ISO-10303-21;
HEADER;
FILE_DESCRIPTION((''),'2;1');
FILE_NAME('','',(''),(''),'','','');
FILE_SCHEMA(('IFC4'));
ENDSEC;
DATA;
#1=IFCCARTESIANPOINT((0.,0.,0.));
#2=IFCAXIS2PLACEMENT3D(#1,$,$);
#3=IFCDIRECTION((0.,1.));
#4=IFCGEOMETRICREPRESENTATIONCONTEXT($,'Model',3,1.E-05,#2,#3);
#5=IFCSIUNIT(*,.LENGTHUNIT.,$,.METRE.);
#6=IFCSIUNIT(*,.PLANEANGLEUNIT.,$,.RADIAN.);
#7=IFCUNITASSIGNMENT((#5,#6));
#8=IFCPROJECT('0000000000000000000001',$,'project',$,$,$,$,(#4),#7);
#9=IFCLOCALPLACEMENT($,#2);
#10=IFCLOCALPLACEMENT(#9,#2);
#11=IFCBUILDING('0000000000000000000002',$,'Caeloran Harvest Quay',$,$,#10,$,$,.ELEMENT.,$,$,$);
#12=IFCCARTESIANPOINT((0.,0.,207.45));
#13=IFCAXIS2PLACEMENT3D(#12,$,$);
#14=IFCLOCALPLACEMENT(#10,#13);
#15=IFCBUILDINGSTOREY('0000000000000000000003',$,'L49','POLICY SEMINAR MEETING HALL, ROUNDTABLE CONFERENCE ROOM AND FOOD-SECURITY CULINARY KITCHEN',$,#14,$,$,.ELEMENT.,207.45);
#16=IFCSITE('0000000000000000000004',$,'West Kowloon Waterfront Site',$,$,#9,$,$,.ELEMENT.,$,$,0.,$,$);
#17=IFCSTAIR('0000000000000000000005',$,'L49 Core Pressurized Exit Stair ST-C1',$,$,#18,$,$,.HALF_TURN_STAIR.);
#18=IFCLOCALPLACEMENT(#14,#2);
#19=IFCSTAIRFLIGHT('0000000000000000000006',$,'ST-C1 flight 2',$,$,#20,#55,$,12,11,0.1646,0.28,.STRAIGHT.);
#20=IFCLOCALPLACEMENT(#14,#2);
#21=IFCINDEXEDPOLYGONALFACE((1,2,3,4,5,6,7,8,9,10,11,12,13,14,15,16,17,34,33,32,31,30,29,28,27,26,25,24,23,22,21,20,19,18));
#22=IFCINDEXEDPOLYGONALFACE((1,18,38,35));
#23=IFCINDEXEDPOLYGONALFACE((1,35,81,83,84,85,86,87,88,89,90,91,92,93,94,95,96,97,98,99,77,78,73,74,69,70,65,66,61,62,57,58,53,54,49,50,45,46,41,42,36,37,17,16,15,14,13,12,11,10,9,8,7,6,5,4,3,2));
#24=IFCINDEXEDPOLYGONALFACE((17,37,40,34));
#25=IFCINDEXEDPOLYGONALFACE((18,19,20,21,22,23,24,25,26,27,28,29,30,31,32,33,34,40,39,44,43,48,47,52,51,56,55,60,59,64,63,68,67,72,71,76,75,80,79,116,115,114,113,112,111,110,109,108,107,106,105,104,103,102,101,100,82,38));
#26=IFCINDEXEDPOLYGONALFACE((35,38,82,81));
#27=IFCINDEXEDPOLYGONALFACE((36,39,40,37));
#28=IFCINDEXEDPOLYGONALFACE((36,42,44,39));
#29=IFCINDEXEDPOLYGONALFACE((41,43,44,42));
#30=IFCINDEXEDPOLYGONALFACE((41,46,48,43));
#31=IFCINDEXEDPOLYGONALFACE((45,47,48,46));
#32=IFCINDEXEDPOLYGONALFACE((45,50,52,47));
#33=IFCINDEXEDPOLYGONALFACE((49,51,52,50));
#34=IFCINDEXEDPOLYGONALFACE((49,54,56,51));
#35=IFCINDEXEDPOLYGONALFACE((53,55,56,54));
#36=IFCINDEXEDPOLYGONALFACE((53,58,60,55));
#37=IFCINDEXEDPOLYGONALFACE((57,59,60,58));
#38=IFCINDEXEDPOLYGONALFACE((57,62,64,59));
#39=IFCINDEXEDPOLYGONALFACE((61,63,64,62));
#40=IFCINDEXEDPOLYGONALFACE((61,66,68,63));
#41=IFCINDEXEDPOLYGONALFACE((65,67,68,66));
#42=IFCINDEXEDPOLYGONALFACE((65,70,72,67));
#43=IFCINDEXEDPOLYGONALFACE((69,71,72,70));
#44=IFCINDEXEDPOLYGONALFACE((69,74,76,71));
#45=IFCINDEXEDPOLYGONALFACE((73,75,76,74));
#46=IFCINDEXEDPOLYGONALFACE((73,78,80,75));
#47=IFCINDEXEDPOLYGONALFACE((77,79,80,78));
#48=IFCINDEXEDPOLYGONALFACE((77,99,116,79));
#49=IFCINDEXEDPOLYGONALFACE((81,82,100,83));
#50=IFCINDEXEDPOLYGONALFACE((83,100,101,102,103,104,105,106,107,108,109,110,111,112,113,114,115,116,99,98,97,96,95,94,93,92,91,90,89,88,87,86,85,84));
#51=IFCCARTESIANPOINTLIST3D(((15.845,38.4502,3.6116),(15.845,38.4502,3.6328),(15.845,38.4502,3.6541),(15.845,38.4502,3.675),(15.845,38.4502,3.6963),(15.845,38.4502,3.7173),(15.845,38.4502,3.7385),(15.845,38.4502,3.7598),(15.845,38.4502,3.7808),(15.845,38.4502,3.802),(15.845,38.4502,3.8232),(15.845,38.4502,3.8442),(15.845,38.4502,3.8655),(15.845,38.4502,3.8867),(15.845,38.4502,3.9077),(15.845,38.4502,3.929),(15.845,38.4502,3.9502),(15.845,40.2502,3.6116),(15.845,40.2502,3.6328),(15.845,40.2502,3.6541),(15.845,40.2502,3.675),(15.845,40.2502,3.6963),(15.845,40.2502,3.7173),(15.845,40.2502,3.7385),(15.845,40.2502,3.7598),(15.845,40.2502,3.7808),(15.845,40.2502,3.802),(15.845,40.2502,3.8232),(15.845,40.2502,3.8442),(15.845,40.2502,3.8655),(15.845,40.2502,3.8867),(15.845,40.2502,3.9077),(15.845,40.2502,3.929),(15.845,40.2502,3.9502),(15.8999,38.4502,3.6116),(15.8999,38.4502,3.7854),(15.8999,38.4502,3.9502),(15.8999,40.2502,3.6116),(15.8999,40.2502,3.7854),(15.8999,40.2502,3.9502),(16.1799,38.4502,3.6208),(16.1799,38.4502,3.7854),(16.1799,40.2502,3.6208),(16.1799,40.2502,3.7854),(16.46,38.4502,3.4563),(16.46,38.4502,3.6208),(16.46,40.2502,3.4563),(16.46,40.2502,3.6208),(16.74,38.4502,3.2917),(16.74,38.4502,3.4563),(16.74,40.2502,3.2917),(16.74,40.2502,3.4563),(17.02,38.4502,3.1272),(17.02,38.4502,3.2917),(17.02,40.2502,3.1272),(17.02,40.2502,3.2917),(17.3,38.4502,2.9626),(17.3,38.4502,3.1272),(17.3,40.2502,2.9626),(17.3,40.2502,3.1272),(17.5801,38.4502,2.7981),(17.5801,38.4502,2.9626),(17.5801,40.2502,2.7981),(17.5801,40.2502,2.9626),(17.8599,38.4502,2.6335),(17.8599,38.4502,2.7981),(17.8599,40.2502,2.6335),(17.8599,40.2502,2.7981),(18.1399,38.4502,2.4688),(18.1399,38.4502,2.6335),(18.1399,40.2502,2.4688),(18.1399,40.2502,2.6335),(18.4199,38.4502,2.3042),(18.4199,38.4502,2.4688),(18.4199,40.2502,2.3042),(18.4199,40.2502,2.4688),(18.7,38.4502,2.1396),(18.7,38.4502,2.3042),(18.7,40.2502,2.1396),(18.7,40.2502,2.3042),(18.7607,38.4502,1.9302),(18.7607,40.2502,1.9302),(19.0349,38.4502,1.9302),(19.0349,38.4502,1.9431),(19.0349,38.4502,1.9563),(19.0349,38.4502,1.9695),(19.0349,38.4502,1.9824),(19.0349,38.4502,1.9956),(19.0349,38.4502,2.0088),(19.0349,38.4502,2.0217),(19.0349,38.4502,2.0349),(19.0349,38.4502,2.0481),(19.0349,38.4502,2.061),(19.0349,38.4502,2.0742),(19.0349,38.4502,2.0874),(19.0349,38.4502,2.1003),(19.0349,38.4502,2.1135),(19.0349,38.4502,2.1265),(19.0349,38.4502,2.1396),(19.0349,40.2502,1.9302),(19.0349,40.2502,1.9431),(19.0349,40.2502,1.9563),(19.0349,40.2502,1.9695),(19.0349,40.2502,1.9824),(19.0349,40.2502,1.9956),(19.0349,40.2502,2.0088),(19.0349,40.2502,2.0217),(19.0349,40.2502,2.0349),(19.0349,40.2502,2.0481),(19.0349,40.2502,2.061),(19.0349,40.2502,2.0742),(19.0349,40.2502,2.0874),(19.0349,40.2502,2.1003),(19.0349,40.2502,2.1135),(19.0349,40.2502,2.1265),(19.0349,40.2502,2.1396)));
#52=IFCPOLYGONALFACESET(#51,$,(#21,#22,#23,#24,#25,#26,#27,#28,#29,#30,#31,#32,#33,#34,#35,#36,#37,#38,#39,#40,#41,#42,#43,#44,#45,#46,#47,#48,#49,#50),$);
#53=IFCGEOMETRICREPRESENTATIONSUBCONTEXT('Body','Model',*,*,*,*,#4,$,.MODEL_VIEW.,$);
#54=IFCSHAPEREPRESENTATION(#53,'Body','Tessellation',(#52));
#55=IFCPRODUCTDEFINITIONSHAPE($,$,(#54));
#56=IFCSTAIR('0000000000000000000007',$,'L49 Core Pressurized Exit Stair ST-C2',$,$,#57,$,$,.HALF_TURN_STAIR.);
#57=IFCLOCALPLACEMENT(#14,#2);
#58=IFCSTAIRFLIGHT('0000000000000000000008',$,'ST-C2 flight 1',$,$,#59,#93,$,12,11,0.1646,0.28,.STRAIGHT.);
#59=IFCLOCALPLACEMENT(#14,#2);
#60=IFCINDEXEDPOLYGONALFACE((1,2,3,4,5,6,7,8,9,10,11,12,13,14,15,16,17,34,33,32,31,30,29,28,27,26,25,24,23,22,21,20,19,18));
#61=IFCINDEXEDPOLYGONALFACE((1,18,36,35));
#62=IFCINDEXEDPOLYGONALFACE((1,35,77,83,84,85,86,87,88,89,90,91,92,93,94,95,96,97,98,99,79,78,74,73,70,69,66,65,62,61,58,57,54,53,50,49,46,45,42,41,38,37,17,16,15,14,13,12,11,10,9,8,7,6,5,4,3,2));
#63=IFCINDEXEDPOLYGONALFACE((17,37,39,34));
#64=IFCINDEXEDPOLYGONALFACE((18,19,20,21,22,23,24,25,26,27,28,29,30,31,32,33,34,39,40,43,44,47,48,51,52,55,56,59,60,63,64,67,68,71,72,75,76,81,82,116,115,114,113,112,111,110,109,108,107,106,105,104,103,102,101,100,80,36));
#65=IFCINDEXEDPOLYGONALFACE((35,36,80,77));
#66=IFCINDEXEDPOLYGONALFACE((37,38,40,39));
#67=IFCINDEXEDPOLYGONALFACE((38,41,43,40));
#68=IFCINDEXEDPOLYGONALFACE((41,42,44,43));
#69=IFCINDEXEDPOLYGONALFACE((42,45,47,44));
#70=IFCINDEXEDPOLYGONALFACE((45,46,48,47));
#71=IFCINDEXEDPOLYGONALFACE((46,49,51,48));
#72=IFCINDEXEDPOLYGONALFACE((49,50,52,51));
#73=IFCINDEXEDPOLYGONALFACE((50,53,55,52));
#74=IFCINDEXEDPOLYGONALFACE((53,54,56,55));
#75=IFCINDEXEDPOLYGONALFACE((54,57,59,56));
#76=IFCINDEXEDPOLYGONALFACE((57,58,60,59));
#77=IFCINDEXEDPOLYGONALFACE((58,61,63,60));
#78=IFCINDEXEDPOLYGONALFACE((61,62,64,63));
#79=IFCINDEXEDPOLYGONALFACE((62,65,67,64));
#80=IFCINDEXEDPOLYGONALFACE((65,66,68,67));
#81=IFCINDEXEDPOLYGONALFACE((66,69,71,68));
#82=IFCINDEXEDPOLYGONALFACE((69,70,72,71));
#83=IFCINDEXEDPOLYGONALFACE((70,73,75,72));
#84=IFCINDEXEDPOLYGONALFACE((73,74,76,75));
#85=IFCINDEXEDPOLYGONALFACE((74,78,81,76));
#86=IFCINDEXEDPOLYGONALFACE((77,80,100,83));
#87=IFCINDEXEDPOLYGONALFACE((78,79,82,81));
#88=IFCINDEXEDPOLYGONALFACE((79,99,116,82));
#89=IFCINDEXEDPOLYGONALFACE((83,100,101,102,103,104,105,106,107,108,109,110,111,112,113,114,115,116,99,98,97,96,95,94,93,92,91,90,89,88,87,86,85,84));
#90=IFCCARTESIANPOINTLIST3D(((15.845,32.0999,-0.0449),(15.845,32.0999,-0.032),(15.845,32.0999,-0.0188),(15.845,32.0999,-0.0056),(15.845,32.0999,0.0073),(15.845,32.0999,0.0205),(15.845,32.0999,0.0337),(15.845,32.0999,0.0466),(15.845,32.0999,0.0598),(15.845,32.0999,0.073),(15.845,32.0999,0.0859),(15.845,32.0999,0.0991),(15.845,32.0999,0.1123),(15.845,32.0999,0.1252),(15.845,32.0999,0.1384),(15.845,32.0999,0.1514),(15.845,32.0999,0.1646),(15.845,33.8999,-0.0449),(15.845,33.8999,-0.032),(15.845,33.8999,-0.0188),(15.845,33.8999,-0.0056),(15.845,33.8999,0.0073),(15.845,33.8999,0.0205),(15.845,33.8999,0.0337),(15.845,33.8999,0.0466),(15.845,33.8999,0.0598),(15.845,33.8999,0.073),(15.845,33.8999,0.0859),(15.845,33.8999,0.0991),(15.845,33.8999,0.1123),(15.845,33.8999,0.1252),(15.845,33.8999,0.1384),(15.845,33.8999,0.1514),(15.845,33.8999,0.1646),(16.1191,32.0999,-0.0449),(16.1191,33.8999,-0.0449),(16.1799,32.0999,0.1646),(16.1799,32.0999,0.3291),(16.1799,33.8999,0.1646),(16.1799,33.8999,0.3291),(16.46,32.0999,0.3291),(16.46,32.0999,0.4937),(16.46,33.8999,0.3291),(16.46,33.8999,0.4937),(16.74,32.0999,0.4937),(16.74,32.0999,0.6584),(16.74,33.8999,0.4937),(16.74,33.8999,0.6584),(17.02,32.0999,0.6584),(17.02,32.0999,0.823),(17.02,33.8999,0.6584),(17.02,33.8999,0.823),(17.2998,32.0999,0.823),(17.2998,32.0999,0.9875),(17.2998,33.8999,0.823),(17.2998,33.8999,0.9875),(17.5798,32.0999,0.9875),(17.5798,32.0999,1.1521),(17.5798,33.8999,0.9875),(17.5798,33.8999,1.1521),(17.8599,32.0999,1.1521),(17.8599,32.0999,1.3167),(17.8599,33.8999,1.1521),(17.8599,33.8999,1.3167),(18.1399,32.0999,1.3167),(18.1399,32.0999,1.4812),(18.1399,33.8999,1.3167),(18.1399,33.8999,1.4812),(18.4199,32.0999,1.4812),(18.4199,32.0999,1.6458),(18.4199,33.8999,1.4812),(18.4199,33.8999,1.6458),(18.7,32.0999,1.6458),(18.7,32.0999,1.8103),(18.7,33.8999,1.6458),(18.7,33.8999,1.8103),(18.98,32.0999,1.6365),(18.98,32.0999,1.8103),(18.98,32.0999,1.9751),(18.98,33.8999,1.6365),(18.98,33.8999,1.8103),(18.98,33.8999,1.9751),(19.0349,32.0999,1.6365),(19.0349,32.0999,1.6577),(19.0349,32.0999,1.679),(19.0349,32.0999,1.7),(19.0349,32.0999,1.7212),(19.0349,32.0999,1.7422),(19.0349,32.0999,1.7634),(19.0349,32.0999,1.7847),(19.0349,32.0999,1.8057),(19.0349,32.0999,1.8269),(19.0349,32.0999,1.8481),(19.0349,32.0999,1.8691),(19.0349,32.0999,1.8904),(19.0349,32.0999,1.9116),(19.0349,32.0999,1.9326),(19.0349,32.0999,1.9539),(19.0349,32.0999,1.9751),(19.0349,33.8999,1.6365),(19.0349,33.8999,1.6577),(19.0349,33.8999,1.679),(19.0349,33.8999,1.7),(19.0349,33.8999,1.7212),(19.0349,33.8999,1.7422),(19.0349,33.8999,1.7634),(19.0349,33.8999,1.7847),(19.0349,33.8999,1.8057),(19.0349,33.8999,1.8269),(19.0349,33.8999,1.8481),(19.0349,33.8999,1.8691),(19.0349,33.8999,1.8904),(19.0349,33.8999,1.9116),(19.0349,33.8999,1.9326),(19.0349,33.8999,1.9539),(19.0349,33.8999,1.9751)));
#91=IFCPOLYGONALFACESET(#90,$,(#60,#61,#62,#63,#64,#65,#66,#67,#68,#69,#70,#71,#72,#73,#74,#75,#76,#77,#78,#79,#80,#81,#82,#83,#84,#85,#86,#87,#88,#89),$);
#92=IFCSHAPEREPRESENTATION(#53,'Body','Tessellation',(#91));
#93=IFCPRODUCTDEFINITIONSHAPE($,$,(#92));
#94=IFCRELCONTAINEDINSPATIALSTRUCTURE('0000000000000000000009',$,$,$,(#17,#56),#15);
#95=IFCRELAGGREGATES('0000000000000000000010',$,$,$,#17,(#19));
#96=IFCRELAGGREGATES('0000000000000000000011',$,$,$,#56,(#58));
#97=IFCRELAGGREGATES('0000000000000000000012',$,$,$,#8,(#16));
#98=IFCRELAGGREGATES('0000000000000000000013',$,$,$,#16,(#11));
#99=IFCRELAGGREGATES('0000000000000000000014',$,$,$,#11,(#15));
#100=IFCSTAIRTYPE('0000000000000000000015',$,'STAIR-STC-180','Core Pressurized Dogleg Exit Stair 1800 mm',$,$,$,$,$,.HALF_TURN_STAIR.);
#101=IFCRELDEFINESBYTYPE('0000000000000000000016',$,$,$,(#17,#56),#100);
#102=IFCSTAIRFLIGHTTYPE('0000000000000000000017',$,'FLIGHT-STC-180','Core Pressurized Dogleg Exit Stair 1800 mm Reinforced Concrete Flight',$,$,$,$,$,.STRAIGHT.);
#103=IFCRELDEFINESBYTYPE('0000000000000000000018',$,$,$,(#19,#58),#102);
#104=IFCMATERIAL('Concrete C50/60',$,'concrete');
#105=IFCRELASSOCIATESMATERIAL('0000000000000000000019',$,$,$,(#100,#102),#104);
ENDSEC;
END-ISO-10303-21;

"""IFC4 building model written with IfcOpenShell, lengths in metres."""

from ifc_helpers import new_model, si_unit, direction, frame, origin, place, context, subcontext, project, spatial, polyline, outline, extrude, material, type_object, element, aggregate, save


model = new_model("IFC4")

# Units and contexts
model_context = context("Model", 3, precision=1e-05, world=origin(), true_north=direction((0.0, 1.0)))
body_context = subcontext(model_context, "Body", "Model", "MODEL_VIEW")
ifc_project = project(units=[si_unit("LENGTHUNIT", "METRE"), si_unit("PLANEANGLEUNIT", "RADIAN")], contexts=[model_context])

# Site, building, storey
site_placement = place(None, origin())
site = spatial("IfcSite", under=ifc_project, at=site_placement, Name="West Kowloon Waterfront Site", CompositionType="ELEMENT", RefElevation=0.0)
building_placement = place(site_placement, origin())
building = spatial("IfcBuilding", under=site, at=building_placement, Name="Caeloran Harvest Quay", CompositionType="ELEMENT")
storey_placement = place(building_placement, frame((0.0, 0.0, 207.45)))
storey = spatial("IfcBuildingStorey", under=building, at=storey_placement, Name="L49", Description="POLICY SEMINAR MEETING HALL, ROUNDTABLE CONFERENCE ROOM AND FOOD-SECURITY CULINARY KITCHEN", CompositionType="ELEMENT", Elevation=207.45)

# Shared definitions
ifc_material_1 = material(Name="Concrete C50/60", Category="concrete")

# Stairs, stair flights
stair_type = type_object("IfcStairType", Name="STAIR-STC-180", Description="Core Pressurized Dogleg Exit Stair 1800 mm", PredefinedType="HALF_TURN_STAIR", material=ifc_material_1)
stair_1_placement = place(storey_placement, origin())
stair_1 = element("IfcStair", 1, at=stair_1_placement, inside=storey, type_object=stair_type, Name="L49 Core Pressurized Exit Stair ST-C1", PredefinedType="HALF_TURN_STAIR")
stair_flight_type = type_object("IfcStairFlightType", Name="FLIGHT-STC-180", Description="Core Pressurized Dogleg Exit Stair 1800 mm Reinforced Concrete Flight", PredefinedType="STRAIGHT", material=ifc_material_1)
stair_flight_1_placement = place(storey_placement, frame((18.98, 39.3501, 1.9751), z_axis=(0.0, 0.0, 1.0), x_axis=(-1.0, 0.0, 0.0)))
stair_flight_1 = element("IfcStairFlight", 2, at=stair_flight_1_placement, type_object=stair_flight_type, Name="ST-C1 flight 2", NumberOfRisers=12, NumberOfTreads=11, PredefinedType="STRAIGHT", RiserHeight=0.1646, TreadLength=0.28, context=body_context, shape_type="SweptSolid", body=[
    extrude(outline(polyline([(-0.0549, -0.0449), (-0.0549, -0.032), (-0.0549, -0.0188), (-0.0549, -0.0056), (-0.0549, 0.0073), (-0.0549, 0.0205), (-0.0549, 0.0337), (-0.0549, 0.0466), (-0.0549, 0.0598), (-0.0549, 0.073), (-0.0549, 0.0859), (-0.0549, 0.0991), (-0.0549, 0.1123), (-0.0549, 0.1252), (-0.0549, 0.1384), (-0.0549, 0.1514), (-0.0549, 0.1646), (0.28, 0.1646), (0.28, 0.3291), (0.5601, 0.3291), (0.5601, 0.4937), (0.8401, 0.4937), (0.8401, 0.6584), (1.1201, 0.6584), (1.1201, 0.823), (1.3999, 0.823), (1.3999, 0.9875), (1.6799, 0.9875), (1.6799, 1.1521), (1.96, 1.1521), (1.96, 1.3167), (2.24, 1.3167), (2.24, 1.4812), (2.52, 1.4812), (2.52, 1.6458), (2.8, 1.6458), (2.8, 1.8103), (3.0801, 1.8103), (3.0801, 1.9751), (3.135, 1.9751), (3.135, 1.9539), (3.135, 1.9326), (3.135, 1.9116), (3.135, 1.8904), (3.135, 1.8691), (3.135, 1.8481), (3.135, 1.8269), (3.135, 1.8057), (3.135, 1.7847), (3.135, 1.7634), (3.135, 1.7422), (3.135, 1.7212), (3.135, 1.7), (3.135, 1.679), (3.135, 1.6577), (3.135, 1.6365), (3.0801, 1.6365), (0.2192, -0.0449), (-0.0549, -0.0449)])), frame((0.0, 0.8999, 0.0), z_axis=(0.0, -1.0, 0.0), x_axis=(1.0, 0.0, 0.0)), (0.0, 0.0, 1.0), 1.8),
])
aggregate(stair_1, [stair_flight_1])
stair_2_placement = place(storey_placement, origin())
stair_2 = element("IfcStair", 3, at=stair_2_placement, inside=storey, type_object=stair_type, Name="L49 Core Pressurized Exit Stair ST-C2", PredefinedType="HALF_TURN_STAIR")
stair_flight_2_placement = place(storey_placement, frame((15.8999, 33.0, 0.0), z_axis=(0.0, 0.0, 1.0), x_axis=(1.0, 0.0, 0.0)))
stair_flight_2 = element("IfcStairFlight", 4, at=stair_flight_2_placement, type_object=stair_flight_type, Name="ST-C2 flight 1", NumberOfRisers=12, NumberOfTreads=11, PredefinedType="STRAIGHT", RiserHeight=0.1646, TreadLength=0.28, context=body_context, shape_type="SweptSolid", body=[
    extrude(outline(polyline([(-0.0549, -0.0449), (-0.0549, -0.032), (-0.0549, -0.0188), (-0.0549, -0.0056), (-0.0549, 0.0073), (-0.0549, 0.0205), (-0.0549, 0.0337), (-0.0549, 0.0466), (-0.0549, 0.0598), (-0.0549, 0.073), (-0.0549, 0.0859), (-0.0549, 0.0991), (-0.0549, 0.1123), (-0.0549, 0.1252), (-0.0549, 0.1384), (-0.0549, 0.1514), (-0.0549, 0.1646), (0.28, 0.1646), (0.28, 0.3291), (0.5601, 0.3291), (0.5601, 0.4937), (0.8401, 0.4937), (0.8401, 0.6584), (1.1201, 0.6584), (1.1201, 0.823), (1.3999, 0.823), (1.3999, 0.9875), (1.6799, 0.9875), (1.6799, 1.1521), (1.96, 1.1521), (1.96, 1.3167), (2.24, 1.3167), (2.24, 1.4812), (2.52, 1.4812), (2.52, 1.6458), (2.8, 1.6458), (2.8, 1.8103), (3.0801, 1.8103), (3.0801, 1.9751), (3.135, 1.9751), (3.135, 1.9539), (3.135, 1.9326), (3.135, 1.9116), (3.135, 1.8904), (3.135, 1.8691), (3.135, 1.8481), (3.135, 1.8269), (3.135, 1.8057), (3.135, 1.7847), (3.135, 1.7634), (3.135, 1.7422), (3.135, 1.7212), (3.135, 1.7), (3.135, 1.679), (3.135, 1.6577), (3.135, 1.6365), (3.0801, 1.6365), (0.2192, -0.0449), (-0.0549, -0.0449)])), frame((0.0, 0.8999, 0.0), z_axis=(0.0, -1.0, 0.0), x_axis=(1.0, 0.0, 0.0)), (0.0, 0.0, 1.0), 1.8),
])
aggregate(stair_2, [stair_flight_2])

save(model, "model.ifc")
